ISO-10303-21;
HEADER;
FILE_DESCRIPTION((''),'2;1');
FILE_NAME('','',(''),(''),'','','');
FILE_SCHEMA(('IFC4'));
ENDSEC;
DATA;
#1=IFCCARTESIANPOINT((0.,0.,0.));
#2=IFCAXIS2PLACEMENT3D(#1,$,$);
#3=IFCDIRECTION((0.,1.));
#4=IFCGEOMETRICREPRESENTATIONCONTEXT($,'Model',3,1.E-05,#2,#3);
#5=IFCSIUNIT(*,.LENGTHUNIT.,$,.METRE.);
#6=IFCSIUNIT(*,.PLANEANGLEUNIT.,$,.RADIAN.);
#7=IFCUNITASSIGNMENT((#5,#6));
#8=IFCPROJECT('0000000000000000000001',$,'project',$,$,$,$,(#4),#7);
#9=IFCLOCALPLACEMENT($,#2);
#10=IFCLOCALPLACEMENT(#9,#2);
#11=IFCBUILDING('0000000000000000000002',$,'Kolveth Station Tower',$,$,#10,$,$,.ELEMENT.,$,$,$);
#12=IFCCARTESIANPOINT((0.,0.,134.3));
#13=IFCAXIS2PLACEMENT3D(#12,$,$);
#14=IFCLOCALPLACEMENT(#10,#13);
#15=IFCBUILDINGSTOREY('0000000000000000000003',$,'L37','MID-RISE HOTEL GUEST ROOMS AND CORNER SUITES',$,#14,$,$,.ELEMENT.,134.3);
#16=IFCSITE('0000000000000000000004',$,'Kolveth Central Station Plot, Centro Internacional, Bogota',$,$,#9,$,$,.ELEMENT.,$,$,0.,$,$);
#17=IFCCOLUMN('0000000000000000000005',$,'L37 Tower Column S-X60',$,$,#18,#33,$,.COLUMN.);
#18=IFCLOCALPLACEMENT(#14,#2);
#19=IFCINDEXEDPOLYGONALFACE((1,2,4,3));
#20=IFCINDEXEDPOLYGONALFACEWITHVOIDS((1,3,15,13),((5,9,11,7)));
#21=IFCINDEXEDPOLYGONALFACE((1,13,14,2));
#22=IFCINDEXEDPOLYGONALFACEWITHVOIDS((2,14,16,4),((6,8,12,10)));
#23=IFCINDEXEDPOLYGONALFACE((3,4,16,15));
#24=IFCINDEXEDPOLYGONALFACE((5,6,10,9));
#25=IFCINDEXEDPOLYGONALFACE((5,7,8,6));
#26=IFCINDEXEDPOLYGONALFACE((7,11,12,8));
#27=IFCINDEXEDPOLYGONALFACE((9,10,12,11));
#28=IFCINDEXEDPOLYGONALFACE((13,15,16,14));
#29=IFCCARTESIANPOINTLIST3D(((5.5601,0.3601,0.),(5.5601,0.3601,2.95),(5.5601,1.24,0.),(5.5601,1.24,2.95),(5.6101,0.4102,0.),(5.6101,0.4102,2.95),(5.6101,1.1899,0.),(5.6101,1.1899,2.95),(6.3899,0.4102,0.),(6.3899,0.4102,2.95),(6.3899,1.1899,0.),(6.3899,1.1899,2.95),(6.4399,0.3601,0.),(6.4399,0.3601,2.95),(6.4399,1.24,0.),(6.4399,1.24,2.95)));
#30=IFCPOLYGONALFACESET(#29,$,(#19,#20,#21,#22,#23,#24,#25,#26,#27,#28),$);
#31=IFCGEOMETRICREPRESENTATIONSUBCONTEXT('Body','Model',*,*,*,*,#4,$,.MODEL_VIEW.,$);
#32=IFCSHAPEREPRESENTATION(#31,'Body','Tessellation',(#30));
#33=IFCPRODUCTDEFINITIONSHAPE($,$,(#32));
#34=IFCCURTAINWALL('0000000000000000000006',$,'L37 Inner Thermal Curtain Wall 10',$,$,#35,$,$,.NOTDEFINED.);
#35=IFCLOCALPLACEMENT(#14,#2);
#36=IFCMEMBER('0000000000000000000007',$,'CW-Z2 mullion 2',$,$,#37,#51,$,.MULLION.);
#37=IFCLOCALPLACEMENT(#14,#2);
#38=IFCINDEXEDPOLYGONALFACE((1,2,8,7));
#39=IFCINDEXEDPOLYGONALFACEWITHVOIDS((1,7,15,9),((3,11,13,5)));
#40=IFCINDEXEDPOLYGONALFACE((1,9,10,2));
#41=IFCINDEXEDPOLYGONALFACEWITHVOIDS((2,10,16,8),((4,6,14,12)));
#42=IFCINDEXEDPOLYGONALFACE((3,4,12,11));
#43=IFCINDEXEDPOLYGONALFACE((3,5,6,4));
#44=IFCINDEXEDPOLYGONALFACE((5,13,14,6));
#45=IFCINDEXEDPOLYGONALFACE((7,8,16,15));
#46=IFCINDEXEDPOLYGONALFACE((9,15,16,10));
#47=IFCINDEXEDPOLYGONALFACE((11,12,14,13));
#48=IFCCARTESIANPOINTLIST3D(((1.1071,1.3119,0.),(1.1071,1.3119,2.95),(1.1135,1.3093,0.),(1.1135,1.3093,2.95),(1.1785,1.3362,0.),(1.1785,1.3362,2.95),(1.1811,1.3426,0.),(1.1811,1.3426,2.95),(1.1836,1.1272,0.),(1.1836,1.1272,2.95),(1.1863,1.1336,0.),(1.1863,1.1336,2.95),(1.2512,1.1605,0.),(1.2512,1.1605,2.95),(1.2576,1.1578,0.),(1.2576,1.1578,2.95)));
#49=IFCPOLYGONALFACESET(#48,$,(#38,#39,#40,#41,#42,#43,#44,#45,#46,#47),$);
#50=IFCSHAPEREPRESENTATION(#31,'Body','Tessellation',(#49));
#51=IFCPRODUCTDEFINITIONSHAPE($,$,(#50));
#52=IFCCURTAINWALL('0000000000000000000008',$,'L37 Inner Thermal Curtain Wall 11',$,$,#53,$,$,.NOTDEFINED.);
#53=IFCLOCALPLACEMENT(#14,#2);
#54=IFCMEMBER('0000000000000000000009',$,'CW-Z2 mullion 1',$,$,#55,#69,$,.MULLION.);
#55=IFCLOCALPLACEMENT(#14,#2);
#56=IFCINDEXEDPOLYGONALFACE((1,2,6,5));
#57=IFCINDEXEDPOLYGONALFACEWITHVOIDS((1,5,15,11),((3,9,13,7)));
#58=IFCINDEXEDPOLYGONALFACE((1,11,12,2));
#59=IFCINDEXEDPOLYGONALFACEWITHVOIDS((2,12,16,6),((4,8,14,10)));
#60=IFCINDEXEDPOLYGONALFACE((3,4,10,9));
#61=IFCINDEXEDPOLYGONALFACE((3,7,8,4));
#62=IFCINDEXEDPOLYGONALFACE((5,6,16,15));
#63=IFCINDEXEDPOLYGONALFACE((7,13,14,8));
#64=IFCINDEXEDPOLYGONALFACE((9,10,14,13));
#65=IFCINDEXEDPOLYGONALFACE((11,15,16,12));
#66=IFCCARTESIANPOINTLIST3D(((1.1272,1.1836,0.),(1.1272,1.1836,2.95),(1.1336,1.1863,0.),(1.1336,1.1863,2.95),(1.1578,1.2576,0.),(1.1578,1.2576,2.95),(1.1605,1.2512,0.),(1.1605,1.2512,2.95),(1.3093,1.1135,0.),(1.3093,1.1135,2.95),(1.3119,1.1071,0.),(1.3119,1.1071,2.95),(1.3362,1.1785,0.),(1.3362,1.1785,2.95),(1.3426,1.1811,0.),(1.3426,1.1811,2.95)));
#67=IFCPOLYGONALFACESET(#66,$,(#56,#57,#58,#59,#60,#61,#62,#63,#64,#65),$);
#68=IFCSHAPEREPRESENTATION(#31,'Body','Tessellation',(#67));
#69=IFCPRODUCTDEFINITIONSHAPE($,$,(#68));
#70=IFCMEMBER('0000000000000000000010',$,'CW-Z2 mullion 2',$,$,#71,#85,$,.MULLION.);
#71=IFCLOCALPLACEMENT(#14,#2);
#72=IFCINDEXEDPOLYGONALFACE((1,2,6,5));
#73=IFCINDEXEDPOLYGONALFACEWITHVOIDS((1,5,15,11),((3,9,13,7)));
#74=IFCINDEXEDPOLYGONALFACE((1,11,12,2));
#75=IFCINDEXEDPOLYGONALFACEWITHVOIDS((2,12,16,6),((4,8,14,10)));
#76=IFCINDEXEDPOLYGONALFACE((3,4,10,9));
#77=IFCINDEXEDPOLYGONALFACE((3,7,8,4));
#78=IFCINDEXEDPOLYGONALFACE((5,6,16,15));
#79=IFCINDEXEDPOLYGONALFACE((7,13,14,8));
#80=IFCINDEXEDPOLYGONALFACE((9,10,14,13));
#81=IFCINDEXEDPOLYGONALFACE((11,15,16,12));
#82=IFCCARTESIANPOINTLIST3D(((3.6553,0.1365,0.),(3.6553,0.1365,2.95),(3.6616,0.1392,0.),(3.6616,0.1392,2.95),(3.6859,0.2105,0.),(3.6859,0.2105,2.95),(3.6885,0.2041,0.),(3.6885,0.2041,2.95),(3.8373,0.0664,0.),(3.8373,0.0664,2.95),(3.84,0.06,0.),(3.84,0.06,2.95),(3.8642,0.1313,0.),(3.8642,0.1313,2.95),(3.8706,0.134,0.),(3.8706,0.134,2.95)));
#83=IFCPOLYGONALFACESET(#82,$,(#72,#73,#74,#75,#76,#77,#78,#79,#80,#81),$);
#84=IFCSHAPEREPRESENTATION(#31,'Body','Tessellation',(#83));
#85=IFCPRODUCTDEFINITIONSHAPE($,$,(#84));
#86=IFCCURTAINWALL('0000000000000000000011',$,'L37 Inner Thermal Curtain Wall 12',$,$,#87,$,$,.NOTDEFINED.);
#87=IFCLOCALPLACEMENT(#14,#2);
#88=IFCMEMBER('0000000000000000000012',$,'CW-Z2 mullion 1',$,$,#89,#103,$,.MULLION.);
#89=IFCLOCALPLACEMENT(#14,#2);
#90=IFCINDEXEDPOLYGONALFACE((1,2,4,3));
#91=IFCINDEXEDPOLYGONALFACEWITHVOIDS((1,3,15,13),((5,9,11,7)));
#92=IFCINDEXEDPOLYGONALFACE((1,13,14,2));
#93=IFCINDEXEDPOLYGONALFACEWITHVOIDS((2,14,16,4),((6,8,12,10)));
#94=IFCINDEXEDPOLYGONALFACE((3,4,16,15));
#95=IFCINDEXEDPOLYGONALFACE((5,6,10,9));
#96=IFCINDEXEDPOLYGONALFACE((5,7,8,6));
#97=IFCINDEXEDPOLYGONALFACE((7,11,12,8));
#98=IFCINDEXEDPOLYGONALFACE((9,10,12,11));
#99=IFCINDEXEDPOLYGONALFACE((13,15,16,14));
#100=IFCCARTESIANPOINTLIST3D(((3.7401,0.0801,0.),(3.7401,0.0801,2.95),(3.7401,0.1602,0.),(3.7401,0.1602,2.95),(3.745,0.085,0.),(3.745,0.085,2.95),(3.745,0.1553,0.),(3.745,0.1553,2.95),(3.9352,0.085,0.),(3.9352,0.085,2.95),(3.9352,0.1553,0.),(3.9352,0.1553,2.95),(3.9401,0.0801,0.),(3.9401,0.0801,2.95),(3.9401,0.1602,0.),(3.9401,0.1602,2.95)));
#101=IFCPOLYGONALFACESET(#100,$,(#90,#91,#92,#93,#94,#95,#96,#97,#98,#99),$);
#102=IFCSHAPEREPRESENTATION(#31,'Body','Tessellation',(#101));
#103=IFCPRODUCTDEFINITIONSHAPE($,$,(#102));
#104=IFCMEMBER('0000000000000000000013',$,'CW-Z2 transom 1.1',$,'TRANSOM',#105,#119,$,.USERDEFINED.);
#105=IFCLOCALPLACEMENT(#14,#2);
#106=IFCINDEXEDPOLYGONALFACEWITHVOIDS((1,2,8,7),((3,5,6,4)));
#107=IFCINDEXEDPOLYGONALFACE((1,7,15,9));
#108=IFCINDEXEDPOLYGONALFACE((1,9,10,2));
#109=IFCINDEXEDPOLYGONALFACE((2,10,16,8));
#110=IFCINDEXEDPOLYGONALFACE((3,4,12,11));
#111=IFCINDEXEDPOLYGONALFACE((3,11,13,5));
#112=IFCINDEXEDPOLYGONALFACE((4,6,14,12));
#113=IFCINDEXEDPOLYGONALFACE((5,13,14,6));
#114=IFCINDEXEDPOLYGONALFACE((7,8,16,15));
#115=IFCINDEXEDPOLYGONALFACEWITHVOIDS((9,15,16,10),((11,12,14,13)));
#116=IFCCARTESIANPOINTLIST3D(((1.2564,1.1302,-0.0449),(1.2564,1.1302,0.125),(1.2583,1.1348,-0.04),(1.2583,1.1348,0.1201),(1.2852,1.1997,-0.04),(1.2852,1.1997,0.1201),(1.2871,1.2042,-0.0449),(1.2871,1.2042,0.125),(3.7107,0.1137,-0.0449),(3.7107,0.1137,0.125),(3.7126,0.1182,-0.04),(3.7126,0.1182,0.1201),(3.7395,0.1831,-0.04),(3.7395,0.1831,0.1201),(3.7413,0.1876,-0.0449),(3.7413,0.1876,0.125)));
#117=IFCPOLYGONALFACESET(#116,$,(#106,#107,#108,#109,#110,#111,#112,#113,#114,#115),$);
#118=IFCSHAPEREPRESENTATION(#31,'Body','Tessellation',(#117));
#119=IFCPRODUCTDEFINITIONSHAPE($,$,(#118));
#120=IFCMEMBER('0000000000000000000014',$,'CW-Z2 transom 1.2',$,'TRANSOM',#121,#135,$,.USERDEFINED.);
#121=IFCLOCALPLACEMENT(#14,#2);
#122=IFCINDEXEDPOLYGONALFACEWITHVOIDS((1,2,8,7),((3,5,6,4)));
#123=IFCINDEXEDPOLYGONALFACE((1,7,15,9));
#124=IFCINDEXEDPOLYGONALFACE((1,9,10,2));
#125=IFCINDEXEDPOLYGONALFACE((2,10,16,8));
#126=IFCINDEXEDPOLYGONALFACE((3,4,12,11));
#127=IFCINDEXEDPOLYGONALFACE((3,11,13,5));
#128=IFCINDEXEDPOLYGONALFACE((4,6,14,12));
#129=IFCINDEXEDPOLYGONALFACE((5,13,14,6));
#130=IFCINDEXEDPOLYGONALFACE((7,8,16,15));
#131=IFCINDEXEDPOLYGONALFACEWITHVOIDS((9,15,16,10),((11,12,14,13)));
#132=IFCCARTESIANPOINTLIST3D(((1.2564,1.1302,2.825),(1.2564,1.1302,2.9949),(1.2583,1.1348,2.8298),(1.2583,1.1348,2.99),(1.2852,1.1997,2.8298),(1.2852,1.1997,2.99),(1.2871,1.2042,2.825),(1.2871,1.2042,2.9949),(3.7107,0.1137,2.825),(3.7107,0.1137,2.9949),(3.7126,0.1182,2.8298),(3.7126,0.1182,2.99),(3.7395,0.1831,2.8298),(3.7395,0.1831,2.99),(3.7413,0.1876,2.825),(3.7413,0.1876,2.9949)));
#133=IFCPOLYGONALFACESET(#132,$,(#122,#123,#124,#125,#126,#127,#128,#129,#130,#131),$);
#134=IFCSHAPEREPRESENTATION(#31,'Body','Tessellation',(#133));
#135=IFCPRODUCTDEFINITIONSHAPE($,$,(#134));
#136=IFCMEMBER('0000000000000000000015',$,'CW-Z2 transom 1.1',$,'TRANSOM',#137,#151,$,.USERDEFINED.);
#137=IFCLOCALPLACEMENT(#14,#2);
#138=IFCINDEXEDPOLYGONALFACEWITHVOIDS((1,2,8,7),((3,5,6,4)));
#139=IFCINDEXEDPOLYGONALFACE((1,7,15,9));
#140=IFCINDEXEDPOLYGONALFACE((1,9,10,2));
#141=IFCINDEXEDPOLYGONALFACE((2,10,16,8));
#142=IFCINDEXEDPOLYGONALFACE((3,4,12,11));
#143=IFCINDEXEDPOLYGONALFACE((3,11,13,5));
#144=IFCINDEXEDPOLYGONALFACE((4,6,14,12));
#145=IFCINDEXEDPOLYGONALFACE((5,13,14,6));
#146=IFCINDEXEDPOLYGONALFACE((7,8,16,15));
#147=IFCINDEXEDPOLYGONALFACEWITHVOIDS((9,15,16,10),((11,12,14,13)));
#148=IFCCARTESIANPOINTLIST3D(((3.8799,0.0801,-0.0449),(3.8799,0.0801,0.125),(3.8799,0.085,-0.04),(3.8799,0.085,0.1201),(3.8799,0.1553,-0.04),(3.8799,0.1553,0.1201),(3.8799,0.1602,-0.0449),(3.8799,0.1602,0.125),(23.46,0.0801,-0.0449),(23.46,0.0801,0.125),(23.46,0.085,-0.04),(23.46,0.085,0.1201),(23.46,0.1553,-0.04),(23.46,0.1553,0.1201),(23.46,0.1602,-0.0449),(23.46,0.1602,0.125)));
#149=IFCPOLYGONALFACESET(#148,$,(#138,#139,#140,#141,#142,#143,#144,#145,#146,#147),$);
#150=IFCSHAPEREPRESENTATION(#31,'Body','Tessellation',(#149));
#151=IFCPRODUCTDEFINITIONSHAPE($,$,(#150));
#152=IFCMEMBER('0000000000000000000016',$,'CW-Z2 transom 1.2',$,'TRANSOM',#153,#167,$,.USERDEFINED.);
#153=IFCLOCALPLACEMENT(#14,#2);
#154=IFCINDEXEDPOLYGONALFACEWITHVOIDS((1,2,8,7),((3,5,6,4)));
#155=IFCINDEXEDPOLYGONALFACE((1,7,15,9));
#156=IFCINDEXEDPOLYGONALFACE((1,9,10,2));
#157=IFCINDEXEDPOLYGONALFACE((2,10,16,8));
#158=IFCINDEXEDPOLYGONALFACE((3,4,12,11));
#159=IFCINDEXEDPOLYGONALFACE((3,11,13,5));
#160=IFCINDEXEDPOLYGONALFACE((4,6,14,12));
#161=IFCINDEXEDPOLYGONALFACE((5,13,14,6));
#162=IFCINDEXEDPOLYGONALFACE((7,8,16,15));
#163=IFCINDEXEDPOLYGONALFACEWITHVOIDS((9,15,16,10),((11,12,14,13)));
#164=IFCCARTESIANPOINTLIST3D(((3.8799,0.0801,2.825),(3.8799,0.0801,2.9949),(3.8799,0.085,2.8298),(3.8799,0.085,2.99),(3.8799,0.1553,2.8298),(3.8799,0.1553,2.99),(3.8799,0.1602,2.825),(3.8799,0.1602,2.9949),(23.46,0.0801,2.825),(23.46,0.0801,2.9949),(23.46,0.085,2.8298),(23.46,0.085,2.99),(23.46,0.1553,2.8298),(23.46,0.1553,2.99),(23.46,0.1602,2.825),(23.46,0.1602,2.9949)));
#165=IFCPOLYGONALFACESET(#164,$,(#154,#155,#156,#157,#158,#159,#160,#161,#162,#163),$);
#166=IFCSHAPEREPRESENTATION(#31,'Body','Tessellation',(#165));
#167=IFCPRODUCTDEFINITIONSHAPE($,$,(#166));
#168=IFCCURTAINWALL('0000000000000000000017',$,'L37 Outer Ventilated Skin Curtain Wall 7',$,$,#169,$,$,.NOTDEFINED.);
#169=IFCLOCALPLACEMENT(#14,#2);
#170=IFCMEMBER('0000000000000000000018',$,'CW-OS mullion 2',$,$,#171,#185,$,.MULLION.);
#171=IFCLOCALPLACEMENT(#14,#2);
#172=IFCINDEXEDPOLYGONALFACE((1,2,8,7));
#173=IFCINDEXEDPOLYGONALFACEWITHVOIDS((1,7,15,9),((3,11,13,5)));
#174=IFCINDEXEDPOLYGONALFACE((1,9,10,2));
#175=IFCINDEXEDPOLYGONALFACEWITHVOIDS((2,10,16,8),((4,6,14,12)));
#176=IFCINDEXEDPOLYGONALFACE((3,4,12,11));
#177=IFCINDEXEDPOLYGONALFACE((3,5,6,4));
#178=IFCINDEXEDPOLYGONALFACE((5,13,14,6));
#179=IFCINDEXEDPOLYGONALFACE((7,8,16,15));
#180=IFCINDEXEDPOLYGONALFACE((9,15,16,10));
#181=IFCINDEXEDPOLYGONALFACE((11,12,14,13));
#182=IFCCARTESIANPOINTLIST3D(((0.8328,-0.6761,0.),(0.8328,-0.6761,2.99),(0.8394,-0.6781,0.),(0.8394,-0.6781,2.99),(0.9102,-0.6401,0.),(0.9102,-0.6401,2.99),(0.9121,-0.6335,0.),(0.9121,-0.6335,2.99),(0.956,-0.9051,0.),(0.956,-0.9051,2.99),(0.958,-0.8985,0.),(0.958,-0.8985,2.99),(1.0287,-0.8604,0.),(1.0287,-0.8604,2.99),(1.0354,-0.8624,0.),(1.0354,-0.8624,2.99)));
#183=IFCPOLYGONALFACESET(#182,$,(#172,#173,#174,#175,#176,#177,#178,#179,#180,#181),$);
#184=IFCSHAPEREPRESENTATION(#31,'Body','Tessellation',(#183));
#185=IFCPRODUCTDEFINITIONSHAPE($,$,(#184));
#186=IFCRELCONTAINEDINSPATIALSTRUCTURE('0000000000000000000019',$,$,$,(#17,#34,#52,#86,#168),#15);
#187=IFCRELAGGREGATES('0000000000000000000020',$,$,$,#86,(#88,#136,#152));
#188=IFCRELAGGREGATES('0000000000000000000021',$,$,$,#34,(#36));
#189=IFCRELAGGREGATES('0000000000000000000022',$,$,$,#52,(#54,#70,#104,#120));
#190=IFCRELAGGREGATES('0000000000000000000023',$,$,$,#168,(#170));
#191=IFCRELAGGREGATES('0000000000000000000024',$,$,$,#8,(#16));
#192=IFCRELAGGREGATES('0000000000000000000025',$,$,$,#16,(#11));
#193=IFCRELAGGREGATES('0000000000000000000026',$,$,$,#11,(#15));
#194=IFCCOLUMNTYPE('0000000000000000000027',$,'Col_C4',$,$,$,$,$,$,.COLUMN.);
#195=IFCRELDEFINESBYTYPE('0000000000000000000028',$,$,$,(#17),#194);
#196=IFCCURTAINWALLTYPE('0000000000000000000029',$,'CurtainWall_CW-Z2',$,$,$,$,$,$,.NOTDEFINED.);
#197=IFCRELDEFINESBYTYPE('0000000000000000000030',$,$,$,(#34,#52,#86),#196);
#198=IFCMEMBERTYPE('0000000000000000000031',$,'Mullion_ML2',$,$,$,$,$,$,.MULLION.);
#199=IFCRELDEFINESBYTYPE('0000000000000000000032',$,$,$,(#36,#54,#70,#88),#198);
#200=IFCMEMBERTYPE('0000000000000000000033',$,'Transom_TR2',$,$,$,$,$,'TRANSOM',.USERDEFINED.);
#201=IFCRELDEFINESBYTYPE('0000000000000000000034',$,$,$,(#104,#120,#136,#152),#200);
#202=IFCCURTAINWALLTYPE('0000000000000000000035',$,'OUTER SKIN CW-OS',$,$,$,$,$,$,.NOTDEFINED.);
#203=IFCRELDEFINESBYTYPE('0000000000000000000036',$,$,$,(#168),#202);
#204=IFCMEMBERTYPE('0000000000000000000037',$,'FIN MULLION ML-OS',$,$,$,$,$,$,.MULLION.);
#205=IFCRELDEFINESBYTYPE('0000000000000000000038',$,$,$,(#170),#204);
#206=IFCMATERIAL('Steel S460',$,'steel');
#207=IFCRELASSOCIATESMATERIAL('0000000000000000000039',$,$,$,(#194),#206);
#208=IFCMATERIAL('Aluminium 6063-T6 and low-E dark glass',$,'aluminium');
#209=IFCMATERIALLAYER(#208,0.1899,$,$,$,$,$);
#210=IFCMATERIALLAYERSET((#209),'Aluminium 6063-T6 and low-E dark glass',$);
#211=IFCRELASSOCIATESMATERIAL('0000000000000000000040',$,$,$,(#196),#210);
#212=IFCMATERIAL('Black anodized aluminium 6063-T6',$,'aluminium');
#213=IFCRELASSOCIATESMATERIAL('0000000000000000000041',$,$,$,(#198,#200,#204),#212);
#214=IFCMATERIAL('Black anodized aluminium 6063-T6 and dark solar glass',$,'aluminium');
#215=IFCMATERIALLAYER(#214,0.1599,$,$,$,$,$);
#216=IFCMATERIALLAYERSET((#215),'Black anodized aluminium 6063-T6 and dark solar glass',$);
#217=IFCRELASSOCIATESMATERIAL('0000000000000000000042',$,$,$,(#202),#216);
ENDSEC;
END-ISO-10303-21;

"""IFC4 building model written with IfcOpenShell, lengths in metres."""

from ifc_helpers import new_model, si_unit, direction, frame, origin, origin_2d, place, context, subcontext, project, spatial, hollow_rectangle, extrude, source, transform, mapped, material, layer, layer_set, material_profile, profile_set, type_object, element, aggregate, save


model = new_model("IFC4")

# Units and contexts
model_context = context("Model", 3, precision=1e-05, world=origin(), true_north=direction((0.0, 1.0)))
body_context = subcontext(model_context, "Body", "Model", "MODEL_VIEW")
ifc_project = project(units=[si_unit("LENGTHUNIT", "METRE"), si_unit("PLANEANGLEUNIT", "RADIAN")], contexts=[model_context])

# Site, building, storey
site_placement = place(None, origin())
site = spatial("IfcSite", under=ifc_project, at=site_placement, Name="Kolveth Central Station Plot, Centro Internacional, Bogota", CompositionType="ELEMENT", RefElevation=0.0)
building_placement = place(site_placement, origin())
building = spatial("IfcBuilding", under=site, at=building_placement, Name="Kolveth Station Tower", CompositionType="ELEMENT")
storey_placement = place(building_placement, frame((0.0, 0.0, 134.3)))
storey = spatial("IfcBuildingStorey", under=building, at=storey_placement, Name="L37", Description="MID-RISE HOTEL GUEST ROOMS AND CORNER SUITES", CompositionType="ELEMENT", Elevation=134.3)

# Column
ifc_material_1 = material(Name="Steel S460", Category="steel")
ifc_material_profile_1 = material_profile(ifc_material_1, hollow_rectangle(XDim=0.8799, YDim=0.8799, WallThickness=0.05, at=origin_2d()), Name="BOX880x880x50")
ifc_profile_set_1 = profile_set([ifc_material_profile_1], Name="Steel S460")
column_type = type_object("IfcColumnType", Name="Col_C4", PredefinedType="COLUMN", material=ifc_profile_set_1)
shared_shape_1 = source(origin(), body_context, "Body", "SweptSolid", [
    extrude(hollow_rectangle(XDim=0.8799, YDim=0.8799, WallThickness=0.05, at=origin_2d()), origin(), (0.0, 0.0, 1.0), 2.95),
])
column_placement = place(storey_placement, frame((6.0, 0.8, 0.0), z_axis=(0.0, 0.0, 1.0), x_axis=(1.0, 0.0, 0.0)))
element("IfcColumn", 1, at=column_placement, inside=storey, type_object=column_type, Name="L37 Tower Column S-X60", PredefinedType="COLUMN", context=body_context, shape_type="MappedRepresentation", body=[
    mapped(shared_shape_1, transform((0.0, 0.0, 0.0), x_axis=(1.0, 0.0, 0.0), y_axis=(0.0, 1.0, 0.0), z_axis=(0.0, 0.0, 1.0), scale=1.0)),
])

# Curtain wall, member
ifc_material_2 = material(Name="Aluminium 6063-T6 and low-E dark glass", Category="aluminium")
ifc_layer_1 = layer(ifc_material_2, 0.1899)
ifc_layer_set_1 = layer_set([ifc_layer_1], Name="Aluminium 6063-T6 and low-E dark glass")
curtain_wall_type_1 = type_object("IfcCurtainWallType", Name="CurtainWall_CW-Z2", PredefinedType="NOTDEFINED", material=ifc_layer_set_1)
curtain_wall_1_placement = place(storey_placement, origin())
curtain_wall_1 = element("IfcCurtainWall", 2, at=curtain_wall_1_placement, inside=storey, type_object=curtain_wall_type_1, Name="L37 Inner Thermal Curtain Wall 10", PredefinedType="NOTDEFINED")
ifc_material_3 = material(Name="Black anodized aluminium 6063-T6", Category="aluminium")
ifc_material_profile_2 = material_profile(ifc_material_3, hollow_rectangle(XDim=0.0801, YDim=0.2, WallThickness=0.0049, at=origin_2d()), Name="ALU-80x200x5")
ifc_profile_set_2 = profile_set([ifc_material_profile_2], Name="Black anodized aluminium 6063-T6")
member_type_1 = type_object("IfcMemberType", Name="Mullion_ML2", PredefinedType="MULLION", material=ifc_profile_set_2)
shared_shape_2 = source(origin(), body_context, "Body", "SweptSolid", [
    extrude(hollow_rectangle(XDim=0.0801, YDim=0.2, WallThickness=0.0049, at=origin_2d()), origin(), (0.0, 0.0, 1.0), 2.95),
])
member_1_placement = place(storey_placement, frame((1.1824, 1.2349, 0.0), z_axis=(0.0, 0.0, 1.0), x_axis=(0.923888, 0.382663, 0.0)))
member_1 = element("IfcMember", 3, at=member_1_placement, type_object=member_type_1, Name="CW-Z2 mullion 2", PredefinedType="MULLION", context=body_context, shape_type="MappedRepresentation", body=[
    mapped(shared_shape_2, transform((0.0, 0.0, 0.0), x_axis=(1.0, 0.0, 0.0), y_axis=(0.0, 1.0, 0.0), z_axis=(0.0, 0.0, 1.0), scale=1.0)),
])

# Curtain wall, members
curtain_wall_2_placement = place(storey_placement, origin())
curtain_wall_2 = element("IfcCurtainWall", 4, at=curtain_wall_2_placement, inside=storey, type_object=curtain_wall_type_1, Name="L37 Inner Thermal Curtain Wall 11", PredefinedType="NOTDEFINED")
member_2_placement = place(storey_placement, frame((1.2349, 1.1824, 0.0), z_axis=(0.0, 0.0, 1.0), x_axis=(0.382663, 0.923888, 0.0)))
member_2 = element("IfcMember", 5, at=member_2_placement, type_object=member_type_1, Name="CW-Z2 mullion 1", PredefinedType="MULLION", context=body_context, shape_type="MappedRepresentation", body=[
    mapped(shared_shape_2, transform((0.0, 0.0, 0.0), x_axis=(1.0, 0.0, 0.0), y_axis=(0.0, 1.0, 0.0), z_axis=(0.0, 0.0, 1.0), scale=1.0)),
])
member_3_placement = place(storey_placement, frame((3.7629, 0.1353, 0.0), z_axis=(0.0, 0.0, 1.0), x_axis=(0.382663, 0.923888, 0.0)))
member_3 = element("IfcMember", 6, at=member_3_placement, type_object=member_type_1, Name="CW-Z2 mullion 2", PredefinedType="MULLION", context=body_context, shape_type="MappedRepresentation", body=[
    mapped(shared_shape_2, transform((0.0, 0.0, 0.0), x_axis=(1.0, 0.0, 0.0), y_axis=(0.0, 1.0, 0.0), z_axis=(0.0, 0.0, 1.0), scale=1.0)),
])

# Curtain wall, member
curtain_wall_3_placement = place(storey_placement, origin())
curtain_wall_3 = element("IfcCurtainWall", 7, at=curtain_wall_3_placement, inside=storey, type_object=curtain_wall_type_1, Name="L37 Inner Thermal Curtain Wall 12", PredefinedType="NOTDEFINED")
member_4_placement = place(storey_placement, frame((3.8401, 0.1201, 0.0), z_axis=(0.0, 0.0, 1.0), x_axis=(0.0, 1.0, 0.0)))
member_4 = element("IfcMember", 8, at=member_4_placement, type_object=member_type_1, Name="CW-Z2 mullion 1", PredefinedType="MULLION", context=body_context, shape_type="MappedRepresentation", body=[
    mapped(shared_shape_2, transform((0.0, 0.0, 0.0), x_axis=(1.0, 0.0, 0.0), y_axis=(0.0, 1.0, 0.0), z_axis=(0.0, 0.0, 1.0), scale=1.0)),
])

# Members
ifc_material_profile_3 = material_profile(ifc_material_3, hollow_rectangle(XDim=0.0801, YDim=0.1699, WallThickness=0.0049, at=origin_2d()), Name="ALU-80x170x5")
ifc_profile_set_3 = profile_set([ifc_material_profile_3], Name="Black anodized aluminium 6063-T6")
member_type_2 = type_object("IfcMemberType", Name="Transom_TR2", ElementType="TRANSOM", PredefinedType="USERDEFINED", material=ifc_profile_set_3)
shared_shape_3 = source(origin(), body_context, "Body", "SweptSolid", [
    extrude(hollow_rectangle(XDim=0.0801, YDim=0.1699, WallThickness=0.0049, at=origin_2d()), origin(), (0.0, 0.0, 1.0), 2.6565),
])
member_5_placement = place(storey_placement, frame((1.2717, 1.1672, 0.04), z_axis=(0.923882, -0.382676, 0.0), x_axis=(0.382676, 0.923882, 0.0)))
member_5 = element("IfcMember", 9, at=member_5_placement, type_object=member_type_2, Name="CW-Z2 transom 1.1", ObjectType="TRANSOM", PredefinedType="USERDEFINED", context=body_context, shape_type="MappedRepresentation", body=[
    mapped(shared_shape_3, transform((0.0, 0.0, 0.0), x_axis=(1.0, 0.0, 0.0), y_axis=(0.0, 1.0, 0.0), z_axis=(0.0, 0.0, 1.0), scale=1.0)),
])
member_6_placement = place(storey_placement, frame((1.2717, 1.1672, 2.9099), z_axis=(0.923882, -0.382676, 0.0), x_axis=(0.382676, 0.923882, 0.0)))
member_6 = element("IfcMember", 10, at=member_6_placement, type_object=member_type_2, Name="CW-Z2 transom 1.2", ObjectType="TRANSOM", PredefinedType="USERDEFINED", context=body_context, shape_type="MappedRepresentation", body=[
    mapped(shared_shape_3, transform((0.0, 0.0, 0.0), x_axis=(1.0, 0.0, 0.0), y_axis=(0.0, 1.0, 0.0), z_axis=(0.0, 0.0, 1.0), scale=1.0)),
])
shared_shape_4 = source(origin(), body_context, "Body", "SweptSolid", [
    extrude(hollow_rectangle(XDim=0.0801, YDim=0.1699, WallThickness=0.0049, at=origin_2d()), origin(), (0.0, 0.0, 1.0), 19.5801),
])
member_7_placement = place(storey_placement, frame((3.8799, 0.1201, 0.04), z_axis=(1.0, 0.0, 0.0), x_axis=(0.0, 1.0, 0.0)))
member_7 = element("IfcMember", 11, at=member_7_placement, type_object=member_type_2, Name="CW-Z2 transom 1.1", ObjectType="TRANSOM", PredefinedType="USERDEFINED", context=body_context, shape_type="MappedRepresentation", body=[
    mapped(shared_shape_4, transform((0.0, 0.0, 0.0), x_axis=(1.0, 0.0, 0.0), y_axis=(0.0, 1.0, 0.0), z_axis=(0.0, 0.0, 1.0), scale=1.0)),
])
member_8_placement = place(storey_placement, frame((3.8799, 0.1201, 2.9099), z_axis=(1.0, 0.0, 0.0), x_axis=(0.0, 1.0, 0.0)))
member_8 = element("IfcMember", 12, at=member_8_placement, type_object=member_type_2, Name="CW-Z2 transom 1.2", ObjectType="TRANSOM", PredefinedType="USERDEFINED", context=body_context, shape_type="MappedRepresentation", body=[
    mapped(shared_shape_4, transform((0.0, 0.0, 0.0), x_axis=(1.0, 0.0, 0.0), y_axis=(0.0, 1.0, 0.0), z_axis=(0.0, 0.0, 1.0), scale=1.0)),
])
aggregate(curtain_wall_3, [member_4, member_7, member_8])

# Curtain wall, member
ifc_material_4 = material(Name="Black anodized aluminium 6063-T6 and dark solar glass", Category="aluminium")
ifc_layer_2 = layer(ifc_material_4, 0.1599)
ifc_layer_set_2 = layer_set([ifc_layer_2], Name="Black anodized aluminium 6063-T6 and dark solar glass")
curtain_wall_type_2 = type_object("IfcCurtainWallType", Name="OUTER SKIN CW-OS", PredefinedType="NOTDEFINED", material=ifc_layer_set_2)
curtain_wall_4_placement = place(storey_placement, origin())
curtain_wall_4 = element("IfcCurtainWall", 13, at=curtain_wall_4_placement, inside=storey, type_object=curtain_wall_type_2, Name="L37 Outer Ventilated Skin Curtain Wall 7", PredefinedType="NOTDEFINED")
ifc_material_profile_4 = material_profile(ifc_material_3, hollow_rectangle(XDim=0.0901, YDim=0.26, WallThickness=0.0049, at=origin_2d()), Name="ALU-90x260x5")
ifc_profile_set_4 = profile_set([ifc_material_profile_4], Name="Black anodized aluminium 6063-T6")
member_type_3 = type_object("IfcMemberType", Name="FIN MULLION ML-OS", PredefinedType="MULLION", material=ifc_profile_set_4)
shared_shape_5 = source(origin(), body_context, "Body", "SweptSolid", [
    extrude(hollow_rectangle(XDim=0.0901, YDim=0.26, WallThickness=0.0049, at=origin_2d()), origin(), (0.0, 0.0, 1.0), 2.99),
])
member_9_placement = place(storey_placement, frame((0.9341, -0.7693, 0.0), z_axis=(0.0, 0.0, 1.0), x_axis=(0.880603, 0.473855, 0.0)))
member_9 = element("IfcMember", 14, at=member_9_placement, type_object=member_type_3, Name="CW-OS mullion 2", PredefinedType="MULLION", context=body_context, shape_type="MappedRepresentation", body=[
    mapped(shared_shape_5, transform((0.0, 0.0, 0.0), x_axis=(1.0, 0.0, 0.0), y_axis=(0.0, 1.0, 0.0), z_axis=(0.0, 0.0, 1.0), scale=1.0)),
])

aggregate(curtain_wall_1, [member_1])
aggregate(curtain_wall_2, [member_2, member_3, member_5, member_6])
aggregate(curtain_wall_4, [member_9])

save(model, "model.ifc")
